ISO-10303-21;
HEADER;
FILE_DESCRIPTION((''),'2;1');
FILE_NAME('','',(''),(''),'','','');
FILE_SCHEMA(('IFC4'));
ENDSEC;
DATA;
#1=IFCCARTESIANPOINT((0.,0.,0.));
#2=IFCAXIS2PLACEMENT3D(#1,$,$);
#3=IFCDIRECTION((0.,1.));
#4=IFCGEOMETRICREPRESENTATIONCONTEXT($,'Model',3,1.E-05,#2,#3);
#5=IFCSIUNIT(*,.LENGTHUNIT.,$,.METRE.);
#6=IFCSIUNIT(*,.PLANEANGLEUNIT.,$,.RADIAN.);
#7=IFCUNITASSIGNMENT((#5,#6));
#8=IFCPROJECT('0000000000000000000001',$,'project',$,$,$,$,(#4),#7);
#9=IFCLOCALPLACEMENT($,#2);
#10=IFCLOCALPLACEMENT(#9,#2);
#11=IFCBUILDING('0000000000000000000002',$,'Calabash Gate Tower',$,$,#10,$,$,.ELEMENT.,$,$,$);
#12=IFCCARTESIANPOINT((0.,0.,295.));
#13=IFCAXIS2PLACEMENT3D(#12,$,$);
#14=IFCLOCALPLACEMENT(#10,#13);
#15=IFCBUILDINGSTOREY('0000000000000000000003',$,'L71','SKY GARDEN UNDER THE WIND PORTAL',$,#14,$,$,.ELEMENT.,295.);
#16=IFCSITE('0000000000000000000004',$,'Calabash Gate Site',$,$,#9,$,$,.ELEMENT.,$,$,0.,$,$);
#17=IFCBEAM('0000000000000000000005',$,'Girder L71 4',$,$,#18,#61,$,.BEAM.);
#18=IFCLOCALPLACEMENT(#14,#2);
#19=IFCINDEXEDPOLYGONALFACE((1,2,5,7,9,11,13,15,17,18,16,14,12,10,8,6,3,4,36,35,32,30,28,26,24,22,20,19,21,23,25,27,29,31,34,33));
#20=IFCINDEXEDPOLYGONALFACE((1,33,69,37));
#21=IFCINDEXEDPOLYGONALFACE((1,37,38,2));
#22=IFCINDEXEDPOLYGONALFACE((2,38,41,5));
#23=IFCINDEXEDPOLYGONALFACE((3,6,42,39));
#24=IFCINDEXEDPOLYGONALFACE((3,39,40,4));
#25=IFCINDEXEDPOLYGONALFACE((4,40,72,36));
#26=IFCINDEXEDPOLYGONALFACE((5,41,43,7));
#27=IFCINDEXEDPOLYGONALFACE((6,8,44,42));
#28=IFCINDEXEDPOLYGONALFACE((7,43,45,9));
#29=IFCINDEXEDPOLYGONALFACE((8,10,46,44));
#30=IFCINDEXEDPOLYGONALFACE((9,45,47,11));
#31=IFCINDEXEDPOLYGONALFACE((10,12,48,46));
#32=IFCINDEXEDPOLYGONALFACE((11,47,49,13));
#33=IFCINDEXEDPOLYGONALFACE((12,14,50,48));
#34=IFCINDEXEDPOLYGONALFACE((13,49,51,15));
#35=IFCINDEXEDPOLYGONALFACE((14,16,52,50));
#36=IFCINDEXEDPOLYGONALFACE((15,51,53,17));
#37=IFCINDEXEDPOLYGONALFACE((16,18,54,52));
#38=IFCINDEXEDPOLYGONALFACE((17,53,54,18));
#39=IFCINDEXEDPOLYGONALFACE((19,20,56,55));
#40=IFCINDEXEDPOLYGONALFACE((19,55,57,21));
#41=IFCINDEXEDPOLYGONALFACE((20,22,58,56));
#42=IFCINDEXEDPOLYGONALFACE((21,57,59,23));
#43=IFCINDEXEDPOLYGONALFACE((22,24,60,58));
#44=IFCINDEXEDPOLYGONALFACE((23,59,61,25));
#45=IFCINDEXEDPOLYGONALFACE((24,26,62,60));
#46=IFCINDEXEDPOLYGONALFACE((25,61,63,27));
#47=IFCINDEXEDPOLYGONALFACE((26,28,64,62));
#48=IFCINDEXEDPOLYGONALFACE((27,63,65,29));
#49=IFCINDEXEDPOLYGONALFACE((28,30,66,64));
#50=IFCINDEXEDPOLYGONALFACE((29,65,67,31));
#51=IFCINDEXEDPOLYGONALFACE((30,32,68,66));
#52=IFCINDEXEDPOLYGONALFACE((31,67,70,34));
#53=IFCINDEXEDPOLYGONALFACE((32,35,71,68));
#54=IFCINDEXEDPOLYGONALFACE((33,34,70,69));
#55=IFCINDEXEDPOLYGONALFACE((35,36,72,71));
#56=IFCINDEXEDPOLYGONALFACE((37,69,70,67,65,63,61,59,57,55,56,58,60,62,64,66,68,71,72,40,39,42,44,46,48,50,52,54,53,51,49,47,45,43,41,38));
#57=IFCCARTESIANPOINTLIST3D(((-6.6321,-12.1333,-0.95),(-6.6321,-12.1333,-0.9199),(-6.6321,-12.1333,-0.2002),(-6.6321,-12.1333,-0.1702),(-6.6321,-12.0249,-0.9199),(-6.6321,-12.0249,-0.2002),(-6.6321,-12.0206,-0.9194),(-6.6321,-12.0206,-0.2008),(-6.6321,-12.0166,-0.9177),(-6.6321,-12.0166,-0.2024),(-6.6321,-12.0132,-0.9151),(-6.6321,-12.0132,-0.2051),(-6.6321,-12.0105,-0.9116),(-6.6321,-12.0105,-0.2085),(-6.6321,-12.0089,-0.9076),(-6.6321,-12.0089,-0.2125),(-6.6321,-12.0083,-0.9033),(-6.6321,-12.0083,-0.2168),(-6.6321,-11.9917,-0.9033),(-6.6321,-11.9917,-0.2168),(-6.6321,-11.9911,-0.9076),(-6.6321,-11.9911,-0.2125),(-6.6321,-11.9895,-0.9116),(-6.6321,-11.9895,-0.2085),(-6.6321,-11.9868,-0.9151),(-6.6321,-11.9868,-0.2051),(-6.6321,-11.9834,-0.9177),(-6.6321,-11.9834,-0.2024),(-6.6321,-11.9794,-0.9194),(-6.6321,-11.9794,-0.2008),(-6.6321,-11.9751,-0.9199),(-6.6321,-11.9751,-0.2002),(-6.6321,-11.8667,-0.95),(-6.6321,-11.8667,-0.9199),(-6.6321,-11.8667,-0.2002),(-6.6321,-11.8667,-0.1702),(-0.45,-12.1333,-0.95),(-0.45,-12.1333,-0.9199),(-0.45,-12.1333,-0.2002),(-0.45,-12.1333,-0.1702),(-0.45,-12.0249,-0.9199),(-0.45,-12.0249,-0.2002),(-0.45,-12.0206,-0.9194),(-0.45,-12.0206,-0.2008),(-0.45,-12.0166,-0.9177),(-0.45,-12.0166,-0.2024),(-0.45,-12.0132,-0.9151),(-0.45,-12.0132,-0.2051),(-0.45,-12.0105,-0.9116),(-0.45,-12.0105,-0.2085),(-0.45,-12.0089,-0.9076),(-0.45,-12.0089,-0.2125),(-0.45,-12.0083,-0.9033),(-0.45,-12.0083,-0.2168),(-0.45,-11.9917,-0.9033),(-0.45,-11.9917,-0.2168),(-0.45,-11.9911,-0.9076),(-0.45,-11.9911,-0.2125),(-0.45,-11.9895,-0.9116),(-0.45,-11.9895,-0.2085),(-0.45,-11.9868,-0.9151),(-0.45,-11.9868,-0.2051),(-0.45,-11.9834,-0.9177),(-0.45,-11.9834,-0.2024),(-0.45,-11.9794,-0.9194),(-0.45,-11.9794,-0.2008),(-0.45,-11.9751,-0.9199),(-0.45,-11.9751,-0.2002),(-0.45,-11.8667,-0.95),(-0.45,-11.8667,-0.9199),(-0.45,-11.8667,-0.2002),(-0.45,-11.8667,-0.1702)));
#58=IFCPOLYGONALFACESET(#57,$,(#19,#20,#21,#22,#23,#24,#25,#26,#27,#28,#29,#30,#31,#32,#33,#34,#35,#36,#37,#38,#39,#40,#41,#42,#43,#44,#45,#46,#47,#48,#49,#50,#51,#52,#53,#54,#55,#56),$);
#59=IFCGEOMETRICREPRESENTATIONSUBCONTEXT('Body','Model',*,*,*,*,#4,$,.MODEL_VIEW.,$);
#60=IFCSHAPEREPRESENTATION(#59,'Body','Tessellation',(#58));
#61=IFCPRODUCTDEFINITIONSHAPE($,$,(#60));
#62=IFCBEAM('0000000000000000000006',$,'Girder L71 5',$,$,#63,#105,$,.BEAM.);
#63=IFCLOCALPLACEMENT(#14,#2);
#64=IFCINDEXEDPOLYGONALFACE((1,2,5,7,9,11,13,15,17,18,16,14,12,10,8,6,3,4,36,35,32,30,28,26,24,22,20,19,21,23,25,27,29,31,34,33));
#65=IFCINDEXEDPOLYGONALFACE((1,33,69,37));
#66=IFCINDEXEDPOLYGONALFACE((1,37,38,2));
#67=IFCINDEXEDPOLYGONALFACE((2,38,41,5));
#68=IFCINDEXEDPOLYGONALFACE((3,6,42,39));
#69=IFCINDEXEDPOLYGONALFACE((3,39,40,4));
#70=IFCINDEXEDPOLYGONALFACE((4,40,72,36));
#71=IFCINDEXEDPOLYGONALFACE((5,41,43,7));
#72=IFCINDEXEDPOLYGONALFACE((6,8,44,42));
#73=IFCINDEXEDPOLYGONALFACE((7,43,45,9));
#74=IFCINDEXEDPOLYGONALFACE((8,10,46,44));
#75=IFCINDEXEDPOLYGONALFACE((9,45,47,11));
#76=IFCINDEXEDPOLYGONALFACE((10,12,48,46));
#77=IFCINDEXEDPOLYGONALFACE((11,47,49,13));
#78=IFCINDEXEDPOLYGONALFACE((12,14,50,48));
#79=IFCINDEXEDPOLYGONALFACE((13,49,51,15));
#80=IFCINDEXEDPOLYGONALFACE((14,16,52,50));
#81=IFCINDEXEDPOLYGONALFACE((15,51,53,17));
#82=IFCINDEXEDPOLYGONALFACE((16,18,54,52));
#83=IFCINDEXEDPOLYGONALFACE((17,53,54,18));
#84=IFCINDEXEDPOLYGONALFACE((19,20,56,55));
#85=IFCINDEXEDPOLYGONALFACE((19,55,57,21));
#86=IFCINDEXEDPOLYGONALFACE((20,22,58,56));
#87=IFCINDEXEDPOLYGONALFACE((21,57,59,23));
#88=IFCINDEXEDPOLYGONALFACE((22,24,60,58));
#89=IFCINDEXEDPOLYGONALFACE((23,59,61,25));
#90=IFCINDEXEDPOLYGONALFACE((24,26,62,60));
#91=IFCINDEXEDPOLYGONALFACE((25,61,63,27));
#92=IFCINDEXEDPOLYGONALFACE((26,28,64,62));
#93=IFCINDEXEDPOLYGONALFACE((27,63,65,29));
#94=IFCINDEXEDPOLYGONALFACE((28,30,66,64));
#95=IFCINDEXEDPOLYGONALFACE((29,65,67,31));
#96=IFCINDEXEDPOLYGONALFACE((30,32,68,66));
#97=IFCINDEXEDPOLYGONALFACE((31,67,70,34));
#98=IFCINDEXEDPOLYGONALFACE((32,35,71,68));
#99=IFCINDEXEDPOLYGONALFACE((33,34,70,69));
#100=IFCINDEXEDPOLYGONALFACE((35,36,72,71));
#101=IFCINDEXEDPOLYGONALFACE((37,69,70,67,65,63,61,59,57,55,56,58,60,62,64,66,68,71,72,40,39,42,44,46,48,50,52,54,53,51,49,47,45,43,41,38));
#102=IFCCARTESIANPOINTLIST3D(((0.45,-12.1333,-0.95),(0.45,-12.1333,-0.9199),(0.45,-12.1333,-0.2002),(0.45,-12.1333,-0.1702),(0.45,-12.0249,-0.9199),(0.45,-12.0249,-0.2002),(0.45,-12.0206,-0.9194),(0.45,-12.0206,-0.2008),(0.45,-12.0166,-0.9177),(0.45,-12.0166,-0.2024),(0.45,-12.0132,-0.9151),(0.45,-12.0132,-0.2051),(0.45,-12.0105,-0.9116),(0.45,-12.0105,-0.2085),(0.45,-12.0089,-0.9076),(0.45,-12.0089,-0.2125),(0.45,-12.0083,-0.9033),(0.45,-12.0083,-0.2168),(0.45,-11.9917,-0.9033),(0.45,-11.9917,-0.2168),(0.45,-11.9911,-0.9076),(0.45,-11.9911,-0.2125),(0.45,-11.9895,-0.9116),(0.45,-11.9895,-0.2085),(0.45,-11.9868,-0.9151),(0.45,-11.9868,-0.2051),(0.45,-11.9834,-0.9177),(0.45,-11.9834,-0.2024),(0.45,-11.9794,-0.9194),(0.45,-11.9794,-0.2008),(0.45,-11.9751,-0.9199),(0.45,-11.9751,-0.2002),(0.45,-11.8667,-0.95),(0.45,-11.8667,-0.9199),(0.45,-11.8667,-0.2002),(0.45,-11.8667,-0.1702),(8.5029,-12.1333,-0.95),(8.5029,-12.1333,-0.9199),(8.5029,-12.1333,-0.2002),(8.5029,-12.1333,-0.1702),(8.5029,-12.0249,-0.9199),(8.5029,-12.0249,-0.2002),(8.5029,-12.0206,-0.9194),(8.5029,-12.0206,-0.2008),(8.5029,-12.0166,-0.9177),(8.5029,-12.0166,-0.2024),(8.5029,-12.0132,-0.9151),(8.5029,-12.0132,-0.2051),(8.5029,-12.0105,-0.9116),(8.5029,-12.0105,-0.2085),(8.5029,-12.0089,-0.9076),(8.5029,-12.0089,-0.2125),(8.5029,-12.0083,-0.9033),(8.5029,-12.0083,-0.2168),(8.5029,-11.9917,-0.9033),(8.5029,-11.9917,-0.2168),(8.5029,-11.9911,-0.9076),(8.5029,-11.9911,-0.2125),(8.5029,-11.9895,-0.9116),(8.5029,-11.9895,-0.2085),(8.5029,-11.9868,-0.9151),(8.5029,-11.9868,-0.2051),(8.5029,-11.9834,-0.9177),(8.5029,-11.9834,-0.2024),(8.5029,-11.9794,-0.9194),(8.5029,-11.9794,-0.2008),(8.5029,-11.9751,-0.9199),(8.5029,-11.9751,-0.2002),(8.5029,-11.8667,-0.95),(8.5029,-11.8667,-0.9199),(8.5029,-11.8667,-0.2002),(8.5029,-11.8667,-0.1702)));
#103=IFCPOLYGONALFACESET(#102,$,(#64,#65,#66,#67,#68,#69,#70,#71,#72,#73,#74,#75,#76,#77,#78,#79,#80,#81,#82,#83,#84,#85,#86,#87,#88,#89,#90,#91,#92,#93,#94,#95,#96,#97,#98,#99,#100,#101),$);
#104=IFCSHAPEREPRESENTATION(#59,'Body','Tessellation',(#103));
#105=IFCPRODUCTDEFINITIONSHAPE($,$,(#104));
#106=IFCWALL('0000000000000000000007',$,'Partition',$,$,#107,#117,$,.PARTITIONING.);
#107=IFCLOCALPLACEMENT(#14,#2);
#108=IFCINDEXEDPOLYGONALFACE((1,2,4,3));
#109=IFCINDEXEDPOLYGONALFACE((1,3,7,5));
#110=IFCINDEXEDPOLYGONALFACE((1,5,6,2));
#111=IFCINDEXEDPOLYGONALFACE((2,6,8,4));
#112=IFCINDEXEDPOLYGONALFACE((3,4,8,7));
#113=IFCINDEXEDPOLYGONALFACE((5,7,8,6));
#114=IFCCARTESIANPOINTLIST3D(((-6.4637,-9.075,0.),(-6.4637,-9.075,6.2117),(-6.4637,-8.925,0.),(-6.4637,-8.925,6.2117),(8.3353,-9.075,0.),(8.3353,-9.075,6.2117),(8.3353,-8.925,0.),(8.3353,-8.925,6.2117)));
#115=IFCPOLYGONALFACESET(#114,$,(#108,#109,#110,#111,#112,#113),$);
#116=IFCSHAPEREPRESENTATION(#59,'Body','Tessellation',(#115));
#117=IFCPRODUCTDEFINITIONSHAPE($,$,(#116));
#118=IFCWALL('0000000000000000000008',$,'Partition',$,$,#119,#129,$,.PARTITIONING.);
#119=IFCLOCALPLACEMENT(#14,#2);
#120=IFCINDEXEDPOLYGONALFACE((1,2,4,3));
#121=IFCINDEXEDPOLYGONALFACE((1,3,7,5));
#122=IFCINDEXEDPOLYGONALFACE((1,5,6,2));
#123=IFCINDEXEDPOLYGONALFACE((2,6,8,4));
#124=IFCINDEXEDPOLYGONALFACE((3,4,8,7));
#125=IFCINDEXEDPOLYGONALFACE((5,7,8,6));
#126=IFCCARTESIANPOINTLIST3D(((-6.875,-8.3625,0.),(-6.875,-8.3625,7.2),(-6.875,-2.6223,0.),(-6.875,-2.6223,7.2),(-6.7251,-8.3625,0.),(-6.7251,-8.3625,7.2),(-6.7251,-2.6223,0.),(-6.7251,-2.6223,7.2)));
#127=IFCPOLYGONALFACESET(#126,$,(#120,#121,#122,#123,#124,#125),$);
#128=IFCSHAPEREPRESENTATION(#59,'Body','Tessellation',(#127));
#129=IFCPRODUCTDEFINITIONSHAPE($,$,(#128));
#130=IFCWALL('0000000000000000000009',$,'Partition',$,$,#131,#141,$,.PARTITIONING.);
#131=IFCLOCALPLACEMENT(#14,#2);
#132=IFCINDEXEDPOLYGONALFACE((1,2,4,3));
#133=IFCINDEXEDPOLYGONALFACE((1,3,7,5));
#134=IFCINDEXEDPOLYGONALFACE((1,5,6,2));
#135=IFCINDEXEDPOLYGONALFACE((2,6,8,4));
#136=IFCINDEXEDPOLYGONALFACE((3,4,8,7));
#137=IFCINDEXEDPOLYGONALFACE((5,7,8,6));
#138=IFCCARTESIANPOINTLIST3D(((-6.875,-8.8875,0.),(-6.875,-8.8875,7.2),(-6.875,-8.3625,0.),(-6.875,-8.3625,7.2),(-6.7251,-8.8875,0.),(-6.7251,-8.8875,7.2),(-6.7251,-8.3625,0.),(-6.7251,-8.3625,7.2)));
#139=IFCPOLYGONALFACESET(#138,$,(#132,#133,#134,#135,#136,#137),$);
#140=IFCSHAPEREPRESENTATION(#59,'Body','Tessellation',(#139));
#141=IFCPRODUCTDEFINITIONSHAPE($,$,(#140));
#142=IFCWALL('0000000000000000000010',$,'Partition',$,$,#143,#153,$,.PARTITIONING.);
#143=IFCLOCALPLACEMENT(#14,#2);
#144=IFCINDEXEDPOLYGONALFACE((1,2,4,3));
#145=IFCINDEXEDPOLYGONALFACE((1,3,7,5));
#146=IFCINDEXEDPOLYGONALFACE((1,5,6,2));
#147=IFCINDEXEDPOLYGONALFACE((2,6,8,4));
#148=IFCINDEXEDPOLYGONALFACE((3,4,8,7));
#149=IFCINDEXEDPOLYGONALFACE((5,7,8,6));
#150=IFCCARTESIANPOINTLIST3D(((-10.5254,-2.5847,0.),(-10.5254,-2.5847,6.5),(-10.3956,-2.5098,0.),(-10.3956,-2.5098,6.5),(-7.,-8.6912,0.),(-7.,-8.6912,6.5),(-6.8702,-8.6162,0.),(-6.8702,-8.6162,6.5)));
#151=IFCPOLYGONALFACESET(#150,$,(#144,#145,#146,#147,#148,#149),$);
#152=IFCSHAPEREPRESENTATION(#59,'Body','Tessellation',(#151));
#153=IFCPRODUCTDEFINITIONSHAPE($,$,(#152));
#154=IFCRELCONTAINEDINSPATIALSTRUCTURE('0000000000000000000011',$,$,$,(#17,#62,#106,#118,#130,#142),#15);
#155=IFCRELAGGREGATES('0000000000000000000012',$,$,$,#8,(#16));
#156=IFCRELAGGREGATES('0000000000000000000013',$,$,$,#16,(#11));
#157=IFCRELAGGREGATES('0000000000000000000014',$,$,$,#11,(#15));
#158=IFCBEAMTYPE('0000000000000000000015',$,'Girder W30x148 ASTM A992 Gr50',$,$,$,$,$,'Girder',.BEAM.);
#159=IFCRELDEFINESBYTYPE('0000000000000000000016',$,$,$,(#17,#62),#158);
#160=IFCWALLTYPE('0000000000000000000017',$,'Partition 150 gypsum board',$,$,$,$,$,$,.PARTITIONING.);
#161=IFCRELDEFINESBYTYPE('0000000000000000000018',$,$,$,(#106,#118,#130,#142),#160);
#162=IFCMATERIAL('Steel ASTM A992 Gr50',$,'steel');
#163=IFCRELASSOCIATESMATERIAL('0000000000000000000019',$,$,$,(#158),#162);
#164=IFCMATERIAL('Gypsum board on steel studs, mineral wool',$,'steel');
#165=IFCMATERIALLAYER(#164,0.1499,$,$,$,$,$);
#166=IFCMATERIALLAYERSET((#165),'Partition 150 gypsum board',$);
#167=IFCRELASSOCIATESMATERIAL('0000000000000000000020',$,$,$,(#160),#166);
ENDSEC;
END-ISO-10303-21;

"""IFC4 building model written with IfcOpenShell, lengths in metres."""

from ifc_helpers import new_model, si_unit, direction, frame, frame_2d, origin, origin_2d, place, context, subcontext, project, spatial, rectangle, i_section, extrude, material, layer, layer_set, material_profile, profile_set, type_object, element, save


model = new_model("IFC4")

# Units and contexts
model_context = context("Model", 3, precision=1e-05, world=origin(), true_north=direction((0.0, 1.0)))
body_context = subcontext(model_context, "Body", "Model", "MODEL_VIEW")
ifc_project = project(units=[si_unit("LENGTHUNIT", "METRE"), si_unit("PLANEANGLEUNIT", "RADIAN")], contexts=[model_context])

# Site, building, storey
site_placement = place(None, origin())
site = spatial("IfcSite", under=ifc_project, at=site_placement, Name="Calabash Gate Site", CompositionType="ELEMENT", RefElevation=0.0)
building_placement = place(site_placement, origin())
building = spatial("IfcBuilding", under=site, at=building_placement, Name="Calabash Gate Tower", CompositionType="ELEMENT")
storey_placement = place(building_placement, frame((0.0, 0.0, 295.0)))
storey = spatial("IfcBuildingStorey", under=building, at=storey_placement, Name="L71", Description="SKY GARDEN UNDER THE WIND PORTAL", CompositionType="ELEMENT", Elevation=295.0)

# Beams
ifc_material_1 = material(Name="Steel ASTM A992 Gr50", Category="steel")
ifc_material_profile_1 = material_profile(ifc_material_1, i_section(OverallWidth=0.2666, OverallDepth=0.7798, WebThickness=0.0166, FlangeThickness=0.03, FilletRadius=0.0166, at=origin_2d()))
ifc_profile_set_1 = profile_set([ifc_material_profile_1], Name="Steel ASTM A992 Gr50")
beam_type_1 = type_object("IfcBeamType", Name="Girder W30x148 ASTM A992 Gr50", ElementType="Girder", PredefinedType="BEAM", material=ifc_profile_set_1)
beam_1_placement = place(storey_placement, frame((-6.6321, -12.0, -0.5601), z_axis=(1.0, 0.0, 0.0), x_axis=(0.0, 1.0, 0.0)))
element("IfcBeam", 1, at=beam_1_placement, inside=storey, type_object=beam_type_1, Name="Girder L71 4", PredefinedType="BEAM", context=body_context, shape_type="SweptSolid", body=[
    extrude(i_section(OverallWidth=0.2666, OverallDepth=0.7798, WebThickness=0.0166, FlangeThickness=0.03, FilletRadius=0.0166, at=origin_2d()), origin(), (0.0, 0.0, 1.0), 6.1821),
])
beam_2_placement = place(storey_placement, frame((0.45, -12.0, -0.5601), z_axis=(1.0, 0.0, 0.0), x_axis=(0.0, 1.0, 0.0)))
element("IfcBeam", 2, at=beam_2_placement, inside=storey, type_object=beam_type_1, Name="Girder L71 5", PredefinedType="BEAM", context=body_context, shape_type="SweptSolid", body=[
    extrude(i_section(OverallWidth=0.2666, OverallDepth=0.7798, WebThickness=0.0166, FlangeThickness=0.03, FilletRadius=0.0166, at=origin_2d()), origin(), (0.0, 0.0, 1.0), 8.053),
])

# Walls
ifc_material_2 = material(Name="Gypsum board on steel studs, mineral wool", Category="steel")
ifc_layer = layer(ifc_material_2, 0.1499)
ifc_layer_set = layer_set([ifc_layer], Name="Partition 150 gypsum board")
wall_type = type_object("IfcWallType", Name="Partition 150 gypsum board", PredefinedType="PARTITIONING", material=ifc_layer_set)
wall_1_placement = place(storey_placement, frame((-6.4636, -9.0, 0.0), z_axis=(0.0, 0.0, 1.0), x_axis=(1.0, 0.0, 0.0)))
element("IfcWall", 3, at=wall_1_placement, inside=storey, type_object=wall_type, Name="Partition", PredefinedType="PARTITIONING", context=body_context, shape_type="SweptSolid", body=[
    extrude(rectangle(XDim=14.7991, YDim=0.1499, at=frame_2d((7.3994, 0.0))), origin(), (0.0, 0.0, 1.0), 6.2117),
])
wall_2_placement = place(storey_placement, frame((-6.8, -8.3625, 0.0), z_axis=(0.0, 0.0, 1.0), x_axis=(0.0, 1.0, 0.0)))
element("IfcWall", 4, at=wall_2_placement, inside=storey, type_object=wall_type, Name="Partition", PredefinedType="PARTITIONING", context=body_context, shape_type="SweptSolid", body=[
    extrude(rectangle(XDim=5.7402, YDim=0.1499, at=frame_2d((2.8701, 0.0))), origin(), (0.0, 0.0, 1.0), 7.2),
])
wall_3_placement = place(storey_placement, frame((-6.8, -8.3625, 0.0), z_axis=(0.0, 0.0, 1.0), x_axis=(0.0, -1.0, 0.0)))
element("IfcWall", 5, at=wall_3_placement, inside=storey, type_object=wall_type, Name="Partition", PredefinedType="PARTITIONING", context=body_context, shape_type="SweptSolid", body=[
    extrude(rectangle(XDim=0.5249, YDim=0.1499, at=frame_2d((0.2625, 0.0))), origin(), (0.0, 0.0, 1.0), 7.2),
])
wall_4_placement = place(storey_placement, frame((-10.4604, -2.5474, 0.0), z_axis=(0.0, 0.0, 1.0), x_axis=(0.499982, -0.866036, 0.0)))
element("IfcWall", 6, at=wall_4_placement, inside=storey, type_object=wall_type, Name="Partition", PredefinedType="PARTITIONING", context=body_context, shape_type="SweptSolid", body=[
    extrude(rectangle(XDim=7.051, YDim=0.1499, at=frame_2d((3.5254, 0.0))), origin(), (0.0, 0.0, 1.0), 6.5),
])

save(model, "model.ifc")
